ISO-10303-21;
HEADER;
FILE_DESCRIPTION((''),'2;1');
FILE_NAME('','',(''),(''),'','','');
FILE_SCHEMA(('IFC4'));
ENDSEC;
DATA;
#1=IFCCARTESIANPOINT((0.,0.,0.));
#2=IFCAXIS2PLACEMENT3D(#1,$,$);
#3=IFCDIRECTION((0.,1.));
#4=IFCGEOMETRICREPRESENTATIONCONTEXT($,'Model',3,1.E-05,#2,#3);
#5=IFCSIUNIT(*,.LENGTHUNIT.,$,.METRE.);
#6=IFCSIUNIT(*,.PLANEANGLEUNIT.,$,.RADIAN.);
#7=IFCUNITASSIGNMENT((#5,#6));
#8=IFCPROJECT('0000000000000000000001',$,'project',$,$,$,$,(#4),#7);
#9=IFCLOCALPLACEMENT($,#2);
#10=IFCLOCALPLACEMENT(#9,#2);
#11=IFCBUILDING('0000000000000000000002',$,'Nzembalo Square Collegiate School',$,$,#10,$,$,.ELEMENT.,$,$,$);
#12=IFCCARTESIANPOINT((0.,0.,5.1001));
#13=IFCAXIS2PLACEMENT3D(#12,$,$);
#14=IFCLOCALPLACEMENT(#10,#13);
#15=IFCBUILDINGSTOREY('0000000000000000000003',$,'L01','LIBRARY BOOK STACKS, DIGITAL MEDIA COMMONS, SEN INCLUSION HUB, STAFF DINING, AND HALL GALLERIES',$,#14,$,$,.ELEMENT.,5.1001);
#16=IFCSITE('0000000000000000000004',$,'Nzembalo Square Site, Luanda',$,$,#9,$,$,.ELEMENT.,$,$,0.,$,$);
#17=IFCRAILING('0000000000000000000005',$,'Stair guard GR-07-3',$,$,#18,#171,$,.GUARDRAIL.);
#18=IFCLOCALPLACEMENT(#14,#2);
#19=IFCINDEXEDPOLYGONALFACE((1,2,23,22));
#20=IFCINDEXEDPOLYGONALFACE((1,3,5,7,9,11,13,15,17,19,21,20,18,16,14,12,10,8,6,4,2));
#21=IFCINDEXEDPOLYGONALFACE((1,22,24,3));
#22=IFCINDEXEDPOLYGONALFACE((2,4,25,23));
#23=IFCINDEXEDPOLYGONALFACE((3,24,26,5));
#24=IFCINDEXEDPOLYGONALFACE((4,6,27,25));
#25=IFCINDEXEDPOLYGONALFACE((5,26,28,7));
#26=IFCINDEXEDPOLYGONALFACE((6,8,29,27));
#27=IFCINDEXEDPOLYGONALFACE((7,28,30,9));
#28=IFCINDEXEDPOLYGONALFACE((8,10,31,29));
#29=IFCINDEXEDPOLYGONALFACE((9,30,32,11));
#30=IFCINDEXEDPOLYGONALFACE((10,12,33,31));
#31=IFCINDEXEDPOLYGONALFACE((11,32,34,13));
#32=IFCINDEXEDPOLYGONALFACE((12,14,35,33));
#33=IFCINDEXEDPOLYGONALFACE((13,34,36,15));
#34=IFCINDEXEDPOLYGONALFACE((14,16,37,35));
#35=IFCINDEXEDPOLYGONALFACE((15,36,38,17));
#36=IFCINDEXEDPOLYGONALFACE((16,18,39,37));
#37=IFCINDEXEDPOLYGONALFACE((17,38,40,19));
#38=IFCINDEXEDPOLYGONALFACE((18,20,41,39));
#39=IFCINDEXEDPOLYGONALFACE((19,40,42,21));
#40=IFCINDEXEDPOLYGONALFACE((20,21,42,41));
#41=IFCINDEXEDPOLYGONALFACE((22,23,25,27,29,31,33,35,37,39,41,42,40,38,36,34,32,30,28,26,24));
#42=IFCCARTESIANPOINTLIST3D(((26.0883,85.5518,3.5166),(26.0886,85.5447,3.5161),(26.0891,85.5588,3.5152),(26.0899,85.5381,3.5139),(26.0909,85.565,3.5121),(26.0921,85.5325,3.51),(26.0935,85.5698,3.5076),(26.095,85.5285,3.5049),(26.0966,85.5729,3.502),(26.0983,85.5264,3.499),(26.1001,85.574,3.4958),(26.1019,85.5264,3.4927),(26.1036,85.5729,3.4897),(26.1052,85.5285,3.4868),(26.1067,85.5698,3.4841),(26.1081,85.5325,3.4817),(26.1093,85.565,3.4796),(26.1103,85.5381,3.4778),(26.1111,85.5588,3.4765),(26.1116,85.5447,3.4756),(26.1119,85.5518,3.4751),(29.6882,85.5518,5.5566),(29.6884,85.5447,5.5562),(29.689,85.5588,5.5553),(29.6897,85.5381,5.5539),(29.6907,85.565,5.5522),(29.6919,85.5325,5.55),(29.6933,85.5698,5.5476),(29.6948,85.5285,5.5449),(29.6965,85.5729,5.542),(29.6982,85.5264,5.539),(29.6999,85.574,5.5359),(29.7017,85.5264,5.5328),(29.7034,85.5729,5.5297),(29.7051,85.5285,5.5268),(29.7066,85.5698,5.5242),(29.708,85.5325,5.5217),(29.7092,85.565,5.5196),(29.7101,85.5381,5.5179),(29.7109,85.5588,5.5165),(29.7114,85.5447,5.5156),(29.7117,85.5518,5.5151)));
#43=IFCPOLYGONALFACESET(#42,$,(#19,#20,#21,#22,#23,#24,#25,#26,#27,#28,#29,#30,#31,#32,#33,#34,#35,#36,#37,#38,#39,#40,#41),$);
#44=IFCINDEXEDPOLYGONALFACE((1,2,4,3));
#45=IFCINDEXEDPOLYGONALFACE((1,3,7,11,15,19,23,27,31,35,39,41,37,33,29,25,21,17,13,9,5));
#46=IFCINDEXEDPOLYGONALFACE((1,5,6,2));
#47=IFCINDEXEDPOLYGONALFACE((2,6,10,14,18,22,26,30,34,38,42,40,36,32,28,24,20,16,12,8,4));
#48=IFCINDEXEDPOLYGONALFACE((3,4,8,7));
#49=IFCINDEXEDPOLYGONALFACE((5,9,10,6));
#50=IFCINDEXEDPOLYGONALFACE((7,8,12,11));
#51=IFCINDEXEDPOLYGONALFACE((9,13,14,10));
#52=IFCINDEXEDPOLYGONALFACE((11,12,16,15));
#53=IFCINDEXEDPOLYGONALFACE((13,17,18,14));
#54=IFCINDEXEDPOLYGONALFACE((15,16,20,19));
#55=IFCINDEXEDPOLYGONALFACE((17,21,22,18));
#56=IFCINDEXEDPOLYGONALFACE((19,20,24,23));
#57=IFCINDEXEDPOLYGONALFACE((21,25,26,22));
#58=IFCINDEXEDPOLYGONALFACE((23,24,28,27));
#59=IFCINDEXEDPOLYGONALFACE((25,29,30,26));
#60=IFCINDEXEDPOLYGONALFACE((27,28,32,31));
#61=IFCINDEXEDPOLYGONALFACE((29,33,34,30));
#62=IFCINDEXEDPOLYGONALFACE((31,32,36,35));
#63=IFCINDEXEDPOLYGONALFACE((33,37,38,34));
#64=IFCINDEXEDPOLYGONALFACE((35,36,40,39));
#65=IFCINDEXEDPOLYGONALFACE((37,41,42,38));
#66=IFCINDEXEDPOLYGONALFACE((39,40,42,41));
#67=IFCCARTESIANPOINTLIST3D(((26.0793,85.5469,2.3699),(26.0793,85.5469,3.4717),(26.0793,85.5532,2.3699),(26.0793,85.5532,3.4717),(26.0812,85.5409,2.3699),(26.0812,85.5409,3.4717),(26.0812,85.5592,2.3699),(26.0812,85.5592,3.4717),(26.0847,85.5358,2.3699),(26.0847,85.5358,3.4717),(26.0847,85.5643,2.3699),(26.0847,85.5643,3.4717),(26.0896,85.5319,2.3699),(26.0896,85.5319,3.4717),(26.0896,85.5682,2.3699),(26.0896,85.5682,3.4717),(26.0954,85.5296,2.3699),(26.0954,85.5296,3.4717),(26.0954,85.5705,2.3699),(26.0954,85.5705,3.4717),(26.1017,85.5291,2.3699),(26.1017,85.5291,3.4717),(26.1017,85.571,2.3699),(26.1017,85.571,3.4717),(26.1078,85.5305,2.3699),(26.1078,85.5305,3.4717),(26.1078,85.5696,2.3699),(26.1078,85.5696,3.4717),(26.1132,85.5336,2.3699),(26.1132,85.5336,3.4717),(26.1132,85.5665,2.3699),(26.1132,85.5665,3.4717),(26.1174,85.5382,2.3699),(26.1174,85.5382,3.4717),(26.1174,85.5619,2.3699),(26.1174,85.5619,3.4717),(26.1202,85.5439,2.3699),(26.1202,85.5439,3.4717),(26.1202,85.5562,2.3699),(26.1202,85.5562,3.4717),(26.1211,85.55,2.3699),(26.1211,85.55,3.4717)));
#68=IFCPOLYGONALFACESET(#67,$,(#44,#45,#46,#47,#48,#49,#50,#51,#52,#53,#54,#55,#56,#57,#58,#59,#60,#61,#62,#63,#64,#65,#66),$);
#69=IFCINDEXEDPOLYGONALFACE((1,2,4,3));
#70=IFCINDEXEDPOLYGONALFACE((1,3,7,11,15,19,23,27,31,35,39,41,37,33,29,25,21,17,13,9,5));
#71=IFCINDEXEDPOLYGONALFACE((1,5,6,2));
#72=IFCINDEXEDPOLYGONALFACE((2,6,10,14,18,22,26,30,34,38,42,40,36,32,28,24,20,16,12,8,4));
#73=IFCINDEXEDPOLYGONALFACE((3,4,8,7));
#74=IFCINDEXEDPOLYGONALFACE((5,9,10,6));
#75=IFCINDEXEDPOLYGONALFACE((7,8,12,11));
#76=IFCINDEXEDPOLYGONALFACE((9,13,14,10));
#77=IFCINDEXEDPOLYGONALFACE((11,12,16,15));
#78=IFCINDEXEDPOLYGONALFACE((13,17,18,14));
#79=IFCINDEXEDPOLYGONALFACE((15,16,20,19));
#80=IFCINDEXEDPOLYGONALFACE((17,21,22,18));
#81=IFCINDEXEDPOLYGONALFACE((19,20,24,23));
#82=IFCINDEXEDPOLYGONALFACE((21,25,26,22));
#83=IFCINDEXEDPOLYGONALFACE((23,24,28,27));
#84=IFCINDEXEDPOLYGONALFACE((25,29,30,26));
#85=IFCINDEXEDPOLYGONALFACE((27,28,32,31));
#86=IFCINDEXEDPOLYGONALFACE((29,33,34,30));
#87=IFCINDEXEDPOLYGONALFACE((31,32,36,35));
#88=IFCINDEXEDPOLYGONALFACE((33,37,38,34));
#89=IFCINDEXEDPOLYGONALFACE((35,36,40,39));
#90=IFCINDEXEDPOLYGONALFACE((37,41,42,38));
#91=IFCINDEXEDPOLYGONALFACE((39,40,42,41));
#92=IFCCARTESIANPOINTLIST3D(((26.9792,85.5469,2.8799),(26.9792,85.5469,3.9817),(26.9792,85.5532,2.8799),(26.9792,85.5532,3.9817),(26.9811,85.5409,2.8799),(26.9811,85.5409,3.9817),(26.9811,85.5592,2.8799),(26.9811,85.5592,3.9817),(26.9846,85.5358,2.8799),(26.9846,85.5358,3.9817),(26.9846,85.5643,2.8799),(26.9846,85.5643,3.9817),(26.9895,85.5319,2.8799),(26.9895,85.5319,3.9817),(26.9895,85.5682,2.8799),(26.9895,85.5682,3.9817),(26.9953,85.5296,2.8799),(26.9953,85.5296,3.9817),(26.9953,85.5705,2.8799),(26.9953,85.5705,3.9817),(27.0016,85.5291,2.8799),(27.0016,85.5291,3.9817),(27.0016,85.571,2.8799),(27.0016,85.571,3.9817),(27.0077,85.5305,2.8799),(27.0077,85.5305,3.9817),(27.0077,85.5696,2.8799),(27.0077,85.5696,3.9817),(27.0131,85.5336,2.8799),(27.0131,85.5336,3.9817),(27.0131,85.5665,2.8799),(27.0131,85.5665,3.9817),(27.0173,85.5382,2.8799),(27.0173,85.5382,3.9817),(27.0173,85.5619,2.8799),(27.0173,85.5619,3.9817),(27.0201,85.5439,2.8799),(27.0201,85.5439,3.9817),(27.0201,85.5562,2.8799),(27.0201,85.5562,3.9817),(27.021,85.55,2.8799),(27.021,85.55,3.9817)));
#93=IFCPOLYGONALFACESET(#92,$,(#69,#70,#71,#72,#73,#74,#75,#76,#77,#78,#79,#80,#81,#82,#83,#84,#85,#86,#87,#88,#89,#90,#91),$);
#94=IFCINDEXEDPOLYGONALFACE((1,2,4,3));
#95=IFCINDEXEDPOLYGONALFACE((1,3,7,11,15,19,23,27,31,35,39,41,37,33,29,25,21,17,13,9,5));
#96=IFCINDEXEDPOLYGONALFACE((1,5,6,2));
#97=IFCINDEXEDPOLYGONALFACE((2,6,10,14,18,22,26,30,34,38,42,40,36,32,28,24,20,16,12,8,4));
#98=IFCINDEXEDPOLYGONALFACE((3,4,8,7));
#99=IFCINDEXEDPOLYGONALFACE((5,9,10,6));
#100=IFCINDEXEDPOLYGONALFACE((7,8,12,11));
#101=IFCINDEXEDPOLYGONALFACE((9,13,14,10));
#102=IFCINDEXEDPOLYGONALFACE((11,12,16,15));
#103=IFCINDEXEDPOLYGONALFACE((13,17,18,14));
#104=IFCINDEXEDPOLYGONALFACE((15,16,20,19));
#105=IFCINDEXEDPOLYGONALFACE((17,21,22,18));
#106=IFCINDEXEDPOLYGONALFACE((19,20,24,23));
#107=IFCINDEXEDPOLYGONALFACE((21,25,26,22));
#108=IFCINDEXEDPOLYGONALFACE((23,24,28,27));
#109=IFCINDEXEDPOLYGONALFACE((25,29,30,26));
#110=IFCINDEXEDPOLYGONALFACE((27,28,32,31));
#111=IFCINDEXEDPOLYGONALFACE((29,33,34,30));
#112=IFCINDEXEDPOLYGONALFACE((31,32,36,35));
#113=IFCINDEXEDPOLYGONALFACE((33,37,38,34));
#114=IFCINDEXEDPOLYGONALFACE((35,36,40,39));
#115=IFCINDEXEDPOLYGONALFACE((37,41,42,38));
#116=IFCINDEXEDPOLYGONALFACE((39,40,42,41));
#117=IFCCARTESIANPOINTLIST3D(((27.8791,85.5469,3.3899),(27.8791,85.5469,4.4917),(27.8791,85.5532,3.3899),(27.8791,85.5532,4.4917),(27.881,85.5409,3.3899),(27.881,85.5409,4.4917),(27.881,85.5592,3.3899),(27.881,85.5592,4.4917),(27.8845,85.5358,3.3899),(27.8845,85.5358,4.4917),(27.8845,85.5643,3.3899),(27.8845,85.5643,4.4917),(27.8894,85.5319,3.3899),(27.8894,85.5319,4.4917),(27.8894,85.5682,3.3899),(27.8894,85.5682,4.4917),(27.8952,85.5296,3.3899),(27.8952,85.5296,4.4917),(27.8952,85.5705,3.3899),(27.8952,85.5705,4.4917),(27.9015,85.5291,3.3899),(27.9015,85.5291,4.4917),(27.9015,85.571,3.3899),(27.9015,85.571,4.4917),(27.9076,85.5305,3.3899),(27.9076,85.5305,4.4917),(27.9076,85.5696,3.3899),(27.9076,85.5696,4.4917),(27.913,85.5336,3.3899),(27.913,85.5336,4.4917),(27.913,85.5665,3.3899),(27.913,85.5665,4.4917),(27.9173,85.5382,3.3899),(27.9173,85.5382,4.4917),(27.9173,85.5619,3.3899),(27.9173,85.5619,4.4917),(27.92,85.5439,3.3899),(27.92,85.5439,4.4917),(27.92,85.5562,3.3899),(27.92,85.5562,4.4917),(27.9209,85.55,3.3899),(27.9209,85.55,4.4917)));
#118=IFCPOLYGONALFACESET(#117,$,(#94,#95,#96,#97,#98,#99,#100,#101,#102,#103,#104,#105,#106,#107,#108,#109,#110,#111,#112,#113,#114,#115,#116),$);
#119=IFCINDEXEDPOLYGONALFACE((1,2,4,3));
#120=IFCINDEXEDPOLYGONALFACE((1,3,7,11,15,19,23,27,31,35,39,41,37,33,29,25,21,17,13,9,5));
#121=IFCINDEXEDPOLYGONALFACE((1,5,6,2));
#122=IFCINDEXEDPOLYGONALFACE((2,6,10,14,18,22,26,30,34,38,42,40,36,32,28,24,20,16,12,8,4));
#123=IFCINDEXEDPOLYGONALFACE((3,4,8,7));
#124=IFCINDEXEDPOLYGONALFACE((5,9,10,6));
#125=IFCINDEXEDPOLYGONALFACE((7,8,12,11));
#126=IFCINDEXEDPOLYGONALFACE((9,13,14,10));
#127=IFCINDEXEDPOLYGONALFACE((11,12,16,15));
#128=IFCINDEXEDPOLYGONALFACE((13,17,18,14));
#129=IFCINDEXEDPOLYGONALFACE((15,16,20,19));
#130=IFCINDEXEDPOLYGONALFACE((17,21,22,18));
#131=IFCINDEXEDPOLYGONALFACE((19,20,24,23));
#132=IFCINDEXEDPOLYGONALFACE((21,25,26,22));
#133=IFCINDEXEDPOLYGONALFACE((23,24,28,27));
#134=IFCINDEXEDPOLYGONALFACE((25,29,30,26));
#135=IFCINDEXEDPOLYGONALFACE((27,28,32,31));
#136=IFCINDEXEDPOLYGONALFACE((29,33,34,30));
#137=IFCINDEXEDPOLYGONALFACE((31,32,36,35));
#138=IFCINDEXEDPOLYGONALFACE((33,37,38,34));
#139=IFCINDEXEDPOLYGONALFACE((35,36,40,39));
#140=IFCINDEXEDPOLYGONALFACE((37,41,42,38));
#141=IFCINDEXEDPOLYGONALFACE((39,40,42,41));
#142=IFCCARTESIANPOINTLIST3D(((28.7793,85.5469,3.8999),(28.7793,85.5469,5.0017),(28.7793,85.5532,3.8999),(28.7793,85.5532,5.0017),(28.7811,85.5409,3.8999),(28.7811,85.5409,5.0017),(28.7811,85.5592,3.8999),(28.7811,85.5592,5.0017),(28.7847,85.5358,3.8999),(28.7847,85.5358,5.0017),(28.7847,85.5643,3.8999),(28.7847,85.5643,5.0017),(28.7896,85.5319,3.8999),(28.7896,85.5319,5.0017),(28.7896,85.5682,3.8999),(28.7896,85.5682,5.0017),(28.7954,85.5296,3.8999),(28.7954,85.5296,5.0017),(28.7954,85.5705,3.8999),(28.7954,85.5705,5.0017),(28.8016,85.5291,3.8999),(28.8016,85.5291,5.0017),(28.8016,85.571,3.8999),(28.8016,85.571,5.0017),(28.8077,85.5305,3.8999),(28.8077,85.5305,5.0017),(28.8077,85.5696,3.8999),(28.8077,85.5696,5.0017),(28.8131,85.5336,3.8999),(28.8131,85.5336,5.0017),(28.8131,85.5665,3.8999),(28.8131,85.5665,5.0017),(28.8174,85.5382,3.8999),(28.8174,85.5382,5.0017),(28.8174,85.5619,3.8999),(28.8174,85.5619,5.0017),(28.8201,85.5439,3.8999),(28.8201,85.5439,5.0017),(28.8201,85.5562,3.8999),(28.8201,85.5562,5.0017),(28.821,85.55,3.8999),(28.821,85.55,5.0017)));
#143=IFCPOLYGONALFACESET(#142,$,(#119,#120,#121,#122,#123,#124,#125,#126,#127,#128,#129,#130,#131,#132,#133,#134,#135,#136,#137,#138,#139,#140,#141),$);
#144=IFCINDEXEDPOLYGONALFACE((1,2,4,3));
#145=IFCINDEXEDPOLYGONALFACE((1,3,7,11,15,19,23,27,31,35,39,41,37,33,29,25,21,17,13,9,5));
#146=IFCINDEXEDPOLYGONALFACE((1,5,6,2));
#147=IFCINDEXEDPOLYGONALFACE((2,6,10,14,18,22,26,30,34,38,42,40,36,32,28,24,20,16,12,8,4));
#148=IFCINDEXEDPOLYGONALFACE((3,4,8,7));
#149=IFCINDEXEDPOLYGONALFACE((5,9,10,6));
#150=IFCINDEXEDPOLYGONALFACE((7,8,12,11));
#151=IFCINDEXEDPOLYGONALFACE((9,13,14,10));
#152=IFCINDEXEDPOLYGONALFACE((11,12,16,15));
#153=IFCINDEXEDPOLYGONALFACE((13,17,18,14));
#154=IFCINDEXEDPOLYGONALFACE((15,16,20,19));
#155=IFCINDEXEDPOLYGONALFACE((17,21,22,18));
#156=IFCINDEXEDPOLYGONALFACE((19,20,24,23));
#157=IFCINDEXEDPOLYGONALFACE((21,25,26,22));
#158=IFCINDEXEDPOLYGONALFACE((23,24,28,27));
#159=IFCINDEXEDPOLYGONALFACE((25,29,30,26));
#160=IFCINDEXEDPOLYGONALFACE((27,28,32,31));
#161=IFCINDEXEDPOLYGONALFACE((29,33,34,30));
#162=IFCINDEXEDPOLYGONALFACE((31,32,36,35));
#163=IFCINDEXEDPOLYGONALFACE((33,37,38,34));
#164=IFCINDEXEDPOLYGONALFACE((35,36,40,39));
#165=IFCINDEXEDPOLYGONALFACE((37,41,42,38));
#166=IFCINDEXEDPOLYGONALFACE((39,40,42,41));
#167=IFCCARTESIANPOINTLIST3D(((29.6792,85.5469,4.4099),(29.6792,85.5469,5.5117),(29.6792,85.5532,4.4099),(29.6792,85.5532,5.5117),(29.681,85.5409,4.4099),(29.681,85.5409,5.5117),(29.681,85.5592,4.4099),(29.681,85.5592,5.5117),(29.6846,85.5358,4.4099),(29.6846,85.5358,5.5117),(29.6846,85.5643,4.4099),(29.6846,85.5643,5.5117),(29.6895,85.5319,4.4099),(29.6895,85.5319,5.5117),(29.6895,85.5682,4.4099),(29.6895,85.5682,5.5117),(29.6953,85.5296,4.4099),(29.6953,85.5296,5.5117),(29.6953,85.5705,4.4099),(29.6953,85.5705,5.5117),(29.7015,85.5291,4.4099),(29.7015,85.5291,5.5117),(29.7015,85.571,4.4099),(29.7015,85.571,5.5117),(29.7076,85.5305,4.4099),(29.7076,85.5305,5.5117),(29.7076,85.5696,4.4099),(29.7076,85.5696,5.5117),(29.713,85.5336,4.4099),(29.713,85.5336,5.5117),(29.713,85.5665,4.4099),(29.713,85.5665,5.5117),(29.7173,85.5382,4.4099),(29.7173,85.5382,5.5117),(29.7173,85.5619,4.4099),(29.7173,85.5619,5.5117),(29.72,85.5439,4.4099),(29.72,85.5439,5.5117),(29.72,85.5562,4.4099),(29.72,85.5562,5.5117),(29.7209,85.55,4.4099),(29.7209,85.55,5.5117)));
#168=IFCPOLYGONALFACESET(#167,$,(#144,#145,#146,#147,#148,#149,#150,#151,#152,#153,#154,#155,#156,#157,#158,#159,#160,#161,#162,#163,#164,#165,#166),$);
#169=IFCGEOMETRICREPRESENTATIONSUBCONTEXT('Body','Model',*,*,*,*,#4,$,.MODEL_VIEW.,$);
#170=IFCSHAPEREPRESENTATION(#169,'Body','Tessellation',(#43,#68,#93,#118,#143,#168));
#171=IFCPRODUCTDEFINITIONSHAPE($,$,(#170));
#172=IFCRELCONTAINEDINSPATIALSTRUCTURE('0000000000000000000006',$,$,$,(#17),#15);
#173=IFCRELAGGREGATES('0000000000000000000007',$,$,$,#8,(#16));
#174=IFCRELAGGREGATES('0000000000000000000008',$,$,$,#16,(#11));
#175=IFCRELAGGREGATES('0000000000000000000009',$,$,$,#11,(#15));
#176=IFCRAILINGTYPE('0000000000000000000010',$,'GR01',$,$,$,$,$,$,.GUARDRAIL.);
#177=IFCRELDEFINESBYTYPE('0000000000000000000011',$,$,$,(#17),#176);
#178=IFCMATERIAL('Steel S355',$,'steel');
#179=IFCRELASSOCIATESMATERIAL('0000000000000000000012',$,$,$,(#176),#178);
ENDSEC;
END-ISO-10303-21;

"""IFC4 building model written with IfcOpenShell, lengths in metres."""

from ifc_helpers import new_model, si_unit, direction, frame, origin, origin_2d, place, context, subcontext, project, spatial, circle, extrude, material, type_object, element, save


model = new_model("IFC4")

# Units and contexts
model_context = context("Model", 3, precision=1e-05, world=origin(), true_north=direction((0.0, 1.0)))
body_context = subcontext(model_context, "Body", "Model", "MODEL_VIEW")
ifc_project = project(units=[si_unit("LENGTHUNIT", "METRE"), si_unit("PLANEANGLEUNIT", "RADIAN")], contexts=[model_context])

# Site, building, storey
site_placement = place(None, origin())
site = spatial("IfcSite", under=ifc_project, at=site_placement, Name="Nzembalo Square Site, Luanda", CompositionType="ELEMENT", RefElevation=0.0)
building_placement = place(site_placement, origin())
building = spatial("IfcBuilding", under=site, at=building_placement, Name="Nzembalo Square Collegiate School", CompositionType="ELEMENT")
storey_placement = place(building_placement, frame((0.0, 0.0, 5.1001)))
storey = spatial("IfcBuildingStorey", under=building, at=storey_placement, Name="L01", Description="LIBRARY BOOK STACKS, DIGITAL MEDIA COMMONS, SEN INCLUSION HUB, STAFF DINING, AND HALL GALLERIES", CompositionType="ELEMENT", Elevation=5.1001)

# Railing
ifc_material_1 = material(Name="Steel S355", Category="steel")
railing_type_1 = type_object("IfcRailingType", Name="GR01", PredefinedType="GUARDRAIL", material=ifc_material_1)
railing_1_placement = place(storey_placement, frame((26.1001, 85.55, 2.3699)))
element("IfcRailing", 1, at=railing_1_placement, inside=storey, type_object=railing_type_1, Name="Stair guard GR-07-3", PredefinedType="GUARDRAIL", context=body_context, shape_type="SweptSolid", body=[
    extrude(circle(Radius=0.0239, at=origin_2d()), frame((0.0, 0.0, 1.126), z_axis=(0.87001, 0.0, 0.493035), x_axis=(0.0, 1.0, 0.0)), (0.0, 0.0, 1.0), 4.1377),
    extrude(circle(Radius=0.021, at=origin_2d()), origin(), (0.0, 0.0, 1.0), 1.1018),
    extrude(circle(Radius=0.021, at=origin_2d()), frame((0.8999, 0.0, 0.51)), (0.0, 0.0, 1.0), 1.1018),
    extrude(circle(Radius=0.021, at=origin_2d()), frame((1.7998, 0.0, 1.02)), (0.0, 0.0, 1.0), 1.1018),
    extrude(circle(Radius=0.021, at=origin_2d()), frame((2.7, 0.0, 1.53)), (0.0, 0.0, 1.0), 1.1018),
    extrude(circle(Radius=0.021, at=origin_2d()), frame((3.5999, 0.0, 2.04)), (0.0, 0.0, 1.0), 1.1018),
])

save(model, "model.ifc")
